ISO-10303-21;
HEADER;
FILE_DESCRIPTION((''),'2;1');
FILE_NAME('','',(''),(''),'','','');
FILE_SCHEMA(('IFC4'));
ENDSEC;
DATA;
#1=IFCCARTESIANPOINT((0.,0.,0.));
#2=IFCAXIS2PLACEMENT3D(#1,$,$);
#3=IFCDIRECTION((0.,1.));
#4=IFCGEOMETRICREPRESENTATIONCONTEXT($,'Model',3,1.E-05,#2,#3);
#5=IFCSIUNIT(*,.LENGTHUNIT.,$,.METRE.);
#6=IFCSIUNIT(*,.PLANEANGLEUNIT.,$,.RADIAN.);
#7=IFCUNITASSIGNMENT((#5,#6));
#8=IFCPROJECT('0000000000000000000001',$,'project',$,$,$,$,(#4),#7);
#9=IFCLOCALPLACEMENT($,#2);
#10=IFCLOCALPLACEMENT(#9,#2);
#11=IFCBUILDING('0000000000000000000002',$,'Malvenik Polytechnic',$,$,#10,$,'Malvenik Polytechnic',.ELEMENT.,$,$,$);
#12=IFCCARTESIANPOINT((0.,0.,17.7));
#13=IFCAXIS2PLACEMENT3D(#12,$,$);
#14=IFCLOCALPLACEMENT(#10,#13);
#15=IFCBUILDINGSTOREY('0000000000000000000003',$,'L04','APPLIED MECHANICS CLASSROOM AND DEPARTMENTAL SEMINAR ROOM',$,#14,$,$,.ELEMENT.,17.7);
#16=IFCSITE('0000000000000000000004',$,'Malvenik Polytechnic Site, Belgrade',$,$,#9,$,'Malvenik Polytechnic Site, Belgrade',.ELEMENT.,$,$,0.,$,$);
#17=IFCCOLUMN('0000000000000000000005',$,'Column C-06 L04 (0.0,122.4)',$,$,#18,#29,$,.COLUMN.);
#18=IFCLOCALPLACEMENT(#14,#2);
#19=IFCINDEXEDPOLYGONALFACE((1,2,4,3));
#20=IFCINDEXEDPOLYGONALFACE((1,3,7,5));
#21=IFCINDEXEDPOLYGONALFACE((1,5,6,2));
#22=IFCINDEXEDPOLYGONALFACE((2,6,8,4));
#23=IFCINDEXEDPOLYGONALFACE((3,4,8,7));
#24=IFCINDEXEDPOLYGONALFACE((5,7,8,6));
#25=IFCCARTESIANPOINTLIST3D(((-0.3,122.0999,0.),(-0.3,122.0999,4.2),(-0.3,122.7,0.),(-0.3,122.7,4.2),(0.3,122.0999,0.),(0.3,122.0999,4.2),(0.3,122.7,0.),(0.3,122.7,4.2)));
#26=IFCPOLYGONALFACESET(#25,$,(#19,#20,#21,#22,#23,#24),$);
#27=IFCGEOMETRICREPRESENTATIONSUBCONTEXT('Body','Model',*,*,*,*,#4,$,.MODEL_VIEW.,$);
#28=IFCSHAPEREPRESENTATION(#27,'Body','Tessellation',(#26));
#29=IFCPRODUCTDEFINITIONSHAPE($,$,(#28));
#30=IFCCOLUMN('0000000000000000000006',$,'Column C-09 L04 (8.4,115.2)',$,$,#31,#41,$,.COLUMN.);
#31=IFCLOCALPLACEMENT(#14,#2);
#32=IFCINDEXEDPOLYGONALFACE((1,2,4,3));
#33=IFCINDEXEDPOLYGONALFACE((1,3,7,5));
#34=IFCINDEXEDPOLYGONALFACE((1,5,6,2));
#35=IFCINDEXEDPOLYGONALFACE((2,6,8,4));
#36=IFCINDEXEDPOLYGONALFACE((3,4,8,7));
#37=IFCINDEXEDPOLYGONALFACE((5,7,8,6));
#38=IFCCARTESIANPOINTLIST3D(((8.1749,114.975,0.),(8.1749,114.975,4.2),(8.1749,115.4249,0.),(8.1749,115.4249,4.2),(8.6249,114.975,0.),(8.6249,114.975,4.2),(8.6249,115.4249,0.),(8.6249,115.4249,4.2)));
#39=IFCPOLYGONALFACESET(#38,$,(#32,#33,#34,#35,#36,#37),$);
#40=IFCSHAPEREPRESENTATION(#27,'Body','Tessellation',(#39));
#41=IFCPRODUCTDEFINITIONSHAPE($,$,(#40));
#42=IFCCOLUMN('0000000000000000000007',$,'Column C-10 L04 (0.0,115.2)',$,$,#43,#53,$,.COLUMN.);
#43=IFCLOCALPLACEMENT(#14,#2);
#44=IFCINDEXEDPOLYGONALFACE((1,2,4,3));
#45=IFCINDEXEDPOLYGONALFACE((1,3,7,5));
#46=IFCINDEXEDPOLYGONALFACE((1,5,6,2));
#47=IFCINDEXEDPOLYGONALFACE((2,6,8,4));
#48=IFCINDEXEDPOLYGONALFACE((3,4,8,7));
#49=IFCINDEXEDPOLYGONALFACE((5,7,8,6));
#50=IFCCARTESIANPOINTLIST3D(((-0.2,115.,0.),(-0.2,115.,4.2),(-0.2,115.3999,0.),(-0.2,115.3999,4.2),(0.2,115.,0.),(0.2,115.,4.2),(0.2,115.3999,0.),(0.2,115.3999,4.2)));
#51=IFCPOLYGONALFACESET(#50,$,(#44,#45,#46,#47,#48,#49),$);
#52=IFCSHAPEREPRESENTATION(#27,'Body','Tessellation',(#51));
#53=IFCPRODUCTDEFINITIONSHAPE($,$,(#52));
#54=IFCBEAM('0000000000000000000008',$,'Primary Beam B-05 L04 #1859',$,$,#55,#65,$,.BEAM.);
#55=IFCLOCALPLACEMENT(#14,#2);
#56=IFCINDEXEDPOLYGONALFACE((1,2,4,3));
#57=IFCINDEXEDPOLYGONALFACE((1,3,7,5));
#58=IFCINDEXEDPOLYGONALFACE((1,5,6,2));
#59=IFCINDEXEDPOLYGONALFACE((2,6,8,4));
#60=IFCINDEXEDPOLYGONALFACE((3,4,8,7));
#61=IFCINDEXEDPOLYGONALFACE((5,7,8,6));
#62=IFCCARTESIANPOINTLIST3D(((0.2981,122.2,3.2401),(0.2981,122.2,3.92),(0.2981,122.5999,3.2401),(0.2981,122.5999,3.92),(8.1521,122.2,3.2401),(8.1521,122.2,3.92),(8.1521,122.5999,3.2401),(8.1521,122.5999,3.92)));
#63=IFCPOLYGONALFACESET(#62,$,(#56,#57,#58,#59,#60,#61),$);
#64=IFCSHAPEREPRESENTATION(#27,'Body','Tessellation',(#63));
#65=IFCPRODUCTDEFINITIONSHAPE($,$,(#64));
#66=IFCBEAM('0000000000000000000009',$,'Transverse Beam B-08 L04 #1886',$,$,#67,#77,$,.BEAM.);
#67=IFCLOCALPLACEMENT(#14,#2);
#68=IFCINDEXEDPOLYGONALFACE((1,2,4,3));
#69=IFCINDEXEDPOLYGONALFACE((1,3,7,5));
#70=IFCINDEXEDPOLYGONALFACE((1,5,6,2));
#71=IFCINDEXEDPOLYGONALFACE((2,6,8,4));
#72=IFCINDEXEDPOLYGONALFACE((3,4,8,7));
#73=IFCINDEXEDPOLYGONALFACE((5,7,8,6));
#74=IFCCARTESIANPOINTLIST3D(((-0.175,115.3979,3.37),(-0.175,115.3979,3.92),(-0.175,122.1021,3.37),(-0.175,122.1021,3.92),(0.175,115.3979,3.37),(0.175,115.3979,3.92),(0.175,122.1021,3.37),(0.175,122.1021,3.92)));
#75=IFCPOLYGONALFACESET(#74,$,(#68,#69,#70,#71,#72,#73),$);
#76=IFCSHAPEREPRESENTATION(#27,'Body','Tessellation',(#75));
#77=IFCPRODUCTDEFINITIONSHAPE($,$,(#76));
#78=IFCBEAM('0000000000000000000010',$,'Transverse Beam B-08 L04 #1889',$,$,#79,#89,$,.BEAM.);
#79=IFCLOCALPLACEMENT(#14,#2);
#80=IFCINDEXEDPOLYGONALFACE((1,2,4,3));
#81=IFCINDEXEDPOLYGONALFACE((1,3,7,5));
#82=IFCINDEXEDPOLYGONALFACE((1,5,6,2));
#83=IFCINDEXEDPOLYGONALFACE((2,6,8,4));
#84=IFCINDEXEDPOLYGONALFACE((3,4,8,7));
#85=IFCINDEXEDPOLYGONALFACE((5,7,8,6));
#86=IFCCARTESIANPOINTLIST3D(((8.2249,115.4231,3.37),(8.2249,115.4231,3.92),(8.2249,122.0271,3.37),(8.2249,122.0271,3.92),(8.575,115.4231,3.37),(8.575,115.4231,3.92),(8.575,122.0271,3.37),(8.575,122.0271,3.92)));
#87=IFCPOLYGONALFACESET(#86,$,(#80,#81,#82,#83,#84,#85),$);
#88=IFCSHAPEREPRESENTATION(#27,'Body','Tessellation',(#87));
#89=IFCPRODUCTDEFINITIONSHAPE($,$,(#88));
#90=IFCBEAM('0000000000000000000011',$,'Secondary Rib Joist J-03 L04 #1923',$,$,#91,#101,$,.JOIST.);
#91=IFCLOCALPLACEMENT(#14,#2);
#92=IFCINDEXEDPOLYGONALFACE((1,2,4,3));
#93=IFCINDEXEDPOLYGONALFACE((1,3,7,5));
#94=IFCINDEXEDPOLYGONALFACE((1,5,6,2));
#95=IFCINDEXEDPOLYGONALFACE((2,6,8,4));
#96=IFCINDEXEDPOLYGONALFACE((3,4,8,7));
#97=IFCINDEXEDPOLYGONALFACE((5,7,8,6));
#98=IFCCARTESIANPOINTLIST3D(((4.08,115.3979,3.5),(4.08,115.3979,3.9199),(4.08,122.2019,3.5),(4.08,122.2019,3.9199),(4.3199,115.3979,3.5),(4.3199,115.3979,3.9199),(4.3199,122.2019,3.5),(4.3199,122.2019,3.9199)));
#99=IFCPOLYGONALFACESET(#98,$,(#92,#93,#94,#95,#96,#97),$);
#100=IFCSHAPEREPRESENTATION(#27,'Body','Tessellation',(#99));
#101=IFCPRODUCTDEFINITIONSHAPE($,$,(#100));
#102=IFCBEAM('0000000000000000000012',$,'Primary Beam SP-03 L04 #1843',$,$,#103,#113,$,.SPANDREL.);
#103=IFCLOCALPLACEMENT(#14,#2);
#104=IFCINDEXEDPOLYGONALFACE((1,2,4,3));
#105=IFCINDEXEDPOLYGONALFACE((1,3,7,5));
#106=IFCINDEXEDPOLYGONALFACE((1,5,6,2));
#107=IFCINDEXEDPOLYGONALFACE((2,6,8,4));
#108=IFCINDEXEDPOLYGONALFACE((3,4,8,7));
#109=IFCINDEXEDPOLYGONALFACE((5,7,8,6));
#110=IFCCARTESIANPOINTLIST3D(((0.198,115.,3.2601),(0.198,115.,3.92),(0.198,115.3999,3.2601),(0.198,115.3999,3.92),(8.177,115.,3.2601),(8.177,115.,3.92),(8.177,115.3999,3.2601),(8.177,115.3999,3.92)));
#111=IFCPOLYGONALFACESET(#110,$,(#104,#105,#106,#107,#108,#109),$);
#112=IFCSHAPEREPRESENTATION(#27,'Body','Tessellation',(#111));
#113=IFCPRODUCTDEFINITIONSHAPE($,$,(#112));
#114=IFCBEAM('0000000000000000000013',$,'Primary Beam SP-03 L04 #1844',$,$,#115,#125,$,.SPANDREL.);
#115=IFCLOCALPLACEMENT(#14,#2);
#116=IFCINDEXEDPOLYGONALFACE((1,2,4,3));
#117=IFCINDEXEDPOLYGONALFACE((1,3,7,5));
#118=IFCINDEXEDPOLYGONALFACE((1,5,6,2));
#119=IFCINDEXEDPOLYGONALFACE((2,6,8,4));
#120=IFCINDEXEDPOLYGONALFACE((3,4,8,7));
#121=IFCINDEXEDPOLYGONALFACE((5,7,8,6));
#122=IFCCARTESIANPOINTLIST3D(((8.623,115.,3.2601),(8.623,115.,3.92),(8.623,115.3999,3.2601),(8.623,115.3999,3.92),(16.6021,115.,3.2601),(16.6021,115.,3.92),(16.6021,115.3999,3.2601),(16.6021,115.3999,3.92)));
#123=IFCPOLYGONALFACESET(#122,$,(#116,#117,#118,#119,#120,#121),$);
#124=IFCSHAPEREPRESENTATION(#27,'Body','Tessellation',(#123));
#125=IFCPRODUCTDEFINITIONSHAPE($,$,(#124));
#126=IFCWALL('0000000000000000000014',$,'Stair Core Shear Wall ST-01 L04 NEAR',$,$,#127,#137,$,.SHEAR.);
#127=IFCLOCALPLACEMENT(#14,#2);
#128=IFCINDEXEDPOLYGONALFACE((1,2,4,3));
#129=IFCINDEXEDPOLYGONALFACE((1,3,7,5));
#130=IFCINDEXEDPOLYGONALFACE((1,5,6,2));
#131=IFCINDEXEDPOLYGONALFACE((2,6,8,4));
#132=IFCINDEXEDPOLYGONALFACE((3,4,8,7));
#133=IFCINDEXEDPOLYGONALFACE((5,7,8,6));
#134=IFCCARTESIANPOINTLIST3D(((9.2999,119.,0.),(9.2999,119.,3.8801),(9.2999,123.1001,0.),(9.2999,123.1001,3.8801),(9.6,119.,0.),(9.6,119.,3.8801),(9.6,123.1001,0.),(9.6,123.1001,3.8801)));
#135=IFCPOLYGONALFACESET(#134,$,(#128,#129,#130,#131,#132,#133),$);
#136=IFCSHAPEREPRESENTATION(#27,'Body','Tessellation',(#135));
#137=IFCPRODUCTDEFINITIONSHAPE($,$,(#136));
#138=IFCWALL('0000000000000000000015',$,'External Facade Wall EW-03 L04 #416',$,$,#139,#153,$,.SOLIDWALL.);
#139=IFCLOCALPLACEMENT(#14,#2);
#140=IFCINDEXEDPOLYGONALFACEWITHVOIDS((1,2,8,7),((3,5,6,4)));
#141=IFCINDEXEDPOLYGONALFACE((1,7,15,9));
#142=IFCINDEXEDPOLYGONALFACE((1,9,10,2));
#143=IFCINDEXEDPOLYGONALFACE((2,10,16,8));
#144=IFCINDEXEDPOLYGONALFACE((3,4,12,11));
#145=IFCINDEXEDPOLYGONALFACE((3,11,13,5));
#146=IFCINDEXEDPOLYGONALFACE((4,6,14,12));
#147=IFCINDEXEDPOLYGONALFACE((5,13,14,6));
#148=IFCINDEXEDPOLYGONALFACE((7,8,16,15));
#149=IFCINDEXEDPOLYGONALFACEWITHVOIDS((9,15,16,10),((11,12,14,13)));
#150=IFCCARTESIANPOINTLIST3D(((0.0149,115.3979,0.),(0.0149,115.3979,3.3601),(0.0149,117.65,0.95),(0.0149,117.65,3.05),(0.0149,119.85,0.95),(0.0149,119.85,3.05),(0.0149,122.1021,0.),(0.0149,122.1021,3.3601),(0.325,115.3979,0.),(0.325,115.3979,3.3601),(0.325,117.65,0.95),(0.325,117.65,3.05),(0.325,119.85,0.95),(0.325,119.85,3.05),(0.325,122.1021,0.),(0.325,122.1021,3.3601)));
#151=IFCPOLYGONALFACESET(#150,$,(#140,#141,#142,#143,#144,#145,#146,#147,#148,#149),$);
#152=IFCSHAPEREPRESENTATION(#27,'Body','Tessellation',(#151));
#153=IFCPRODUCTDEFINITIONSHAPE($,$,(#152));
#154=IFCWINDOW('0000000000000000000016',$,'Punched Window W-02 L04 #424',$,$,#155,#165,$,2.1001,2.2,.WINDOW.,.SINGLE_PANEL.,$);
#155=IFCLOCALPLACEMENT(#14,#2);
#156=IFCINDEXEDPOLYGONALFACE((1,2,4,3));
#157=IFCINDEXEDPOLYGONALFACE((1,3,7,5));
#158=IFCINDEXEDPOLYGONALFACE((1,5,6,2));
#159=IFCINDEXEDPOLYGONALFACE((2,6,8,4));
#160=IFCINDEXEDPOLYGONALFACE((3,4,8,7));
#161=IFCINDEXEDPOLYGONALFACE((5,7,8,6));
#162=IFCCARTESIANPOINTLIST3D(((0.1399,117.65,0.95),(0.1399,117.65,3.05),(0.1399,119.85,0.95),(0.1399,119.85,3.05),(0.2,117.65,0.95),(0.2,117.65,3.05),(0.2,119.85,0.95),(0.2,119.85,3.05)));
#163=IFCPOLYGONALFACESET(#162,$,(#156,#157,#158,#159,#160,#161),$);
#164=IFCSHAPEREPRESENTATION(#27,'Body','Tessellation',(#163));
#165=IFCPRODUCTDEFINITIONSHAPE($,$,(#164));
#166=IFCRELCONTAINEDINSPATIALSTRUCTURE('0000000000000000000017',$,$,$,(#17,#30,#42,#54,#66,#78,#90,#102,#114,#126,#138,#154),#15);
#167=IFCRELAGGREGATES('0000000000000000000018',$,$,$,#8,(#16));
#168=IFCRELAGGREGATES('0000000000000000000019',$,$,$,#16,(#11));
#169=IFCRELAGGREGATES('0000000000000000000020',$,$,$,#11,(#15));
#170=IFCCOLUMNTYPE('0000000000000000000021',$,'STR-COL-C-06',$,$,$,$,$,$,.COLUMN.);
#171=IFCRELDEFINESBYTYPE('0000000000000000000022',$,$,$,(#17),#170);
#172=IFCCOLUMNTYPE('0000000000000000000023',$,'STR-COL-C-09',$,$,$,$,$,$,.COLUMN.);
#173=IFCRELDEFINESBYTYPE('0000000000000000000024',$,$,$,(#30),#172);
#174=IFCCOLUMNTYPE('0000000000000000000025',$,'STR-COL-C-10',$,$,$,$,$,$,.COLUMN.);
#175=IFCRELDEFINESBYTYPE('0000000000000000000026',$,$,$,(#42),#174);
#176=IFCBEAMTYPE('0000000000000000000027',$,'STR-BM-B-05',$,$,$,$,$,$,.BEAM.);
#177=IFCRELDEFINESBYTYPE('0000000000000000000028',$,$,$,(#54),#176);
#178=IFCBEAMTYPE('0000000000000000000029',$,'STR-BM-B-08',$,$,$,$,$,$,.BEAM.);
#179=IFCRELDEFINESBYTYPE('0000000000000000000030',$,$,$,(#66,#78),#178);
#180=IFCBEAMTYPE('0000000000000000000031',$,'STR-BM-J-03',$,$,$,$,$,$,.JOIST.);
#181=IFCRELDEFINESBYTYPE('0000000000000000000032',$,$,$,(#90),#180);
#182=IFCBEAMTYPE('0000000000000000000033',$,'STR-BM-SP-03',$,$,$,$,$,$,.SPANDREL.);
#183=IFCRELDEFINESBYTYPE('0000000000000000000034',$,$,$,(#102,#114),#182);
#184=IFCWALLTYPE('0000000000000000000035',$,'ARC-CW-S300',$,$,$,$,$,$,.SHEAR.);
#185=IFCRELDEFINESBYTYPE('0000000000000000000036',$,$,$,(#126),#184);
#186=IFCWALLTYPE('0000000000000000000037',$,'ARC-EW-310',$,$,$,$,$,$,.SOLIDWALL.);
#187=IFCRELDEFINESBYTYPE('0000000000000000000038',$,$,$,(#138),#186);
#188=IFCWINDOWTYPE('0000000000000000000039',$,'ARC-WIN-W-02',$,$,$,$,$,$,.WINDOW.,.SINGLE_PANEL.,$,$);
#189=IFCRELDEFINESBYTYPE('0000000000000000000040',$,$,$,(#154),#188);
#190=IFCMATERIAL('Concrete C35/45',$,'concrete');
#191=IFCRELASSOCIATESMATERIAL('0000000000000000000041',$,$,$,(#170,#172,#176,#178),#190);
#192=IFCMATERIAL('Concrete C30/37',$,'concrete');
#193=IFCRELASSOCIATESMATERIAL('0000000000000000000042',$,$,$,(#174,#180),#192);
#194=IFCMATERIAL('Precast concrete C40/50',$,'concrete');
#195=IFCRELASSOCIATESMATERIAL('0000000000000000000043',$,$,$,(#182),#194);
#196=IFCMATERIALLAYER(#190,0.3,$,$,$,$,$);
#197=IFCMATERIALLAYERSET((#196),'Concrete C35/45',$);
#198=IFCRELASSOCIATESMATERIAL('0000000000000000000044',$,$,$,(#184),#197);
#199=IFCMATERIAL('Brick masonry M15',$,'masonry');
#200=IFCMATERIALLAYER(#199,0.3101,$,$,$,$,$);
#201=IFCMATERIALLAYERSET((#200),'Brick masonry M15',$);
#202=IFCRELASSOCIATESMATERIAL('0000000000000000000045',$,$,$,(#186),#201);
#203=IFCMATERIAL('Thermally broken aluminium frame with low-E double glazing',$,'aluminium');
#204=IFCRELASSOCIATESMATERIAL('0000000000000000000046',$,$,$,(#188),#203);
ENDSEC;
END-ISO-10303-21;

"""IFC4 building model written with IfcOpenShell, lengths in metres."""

from ifc_helpers import new_model, si_unit, direction, frame, frame_2d, origin, origin_2d, place, context, subcontext, project, spatial, rectangle, extrude, material, layer, layer_set, material_profile, profile_set, type_object, element, fill, save


model = new_model("IFC4")

# Units and contexts
model_context = context("Model", 3, precision=1e-05, world=origin(), true_north=direction((0.0, 1.0)))
body_context = subcontext(model_context, "Body", "Model", "MODEL_VIEW")
ifc_project = project(units=[si_unit("LENGTHUNIT", "METRE"), si_unit("PLANEANGLEUNIT", "RADIAN")], contexts=[model_context])

# Site, building, storey
site_placement = place(None, origin())
site = spatial("IfcSite", under=ifc_project, at=site_placement, Name="Malvenik Polytechnic Site, Belgrade", LongName="Malvenik Polytechnic Site, Belgrade", CompositionType="ELEMENT", RefElevation=0.0)
building_placement = place(site_placement, origin())
building = spatial("IfcBuilding", under=site, at=building_placement, Name="Malvenik Polytechnic", LongName="Malvenik Polytechnic", CompositionType="ELEMENT")
storey_placement = place(building_placement, frame((0.0, 0.0, 17.7)))
storey = spatial("IfcBuildingStorey", under=building, at=storey_placement, Name="L04", Description="APPLIED MECHANICS CLASSROOM AND DEPARTMENTAL SEMINAR ROOM", CompositionType="ELEMENT", Elevation=17.7)

# Columns
ifc_material_1 = material(Name="Concrete C35/45", Category="concrete")
ifc_material_profile_1 = material_profile(ifc_material_1, rectangle(XDim=0.6001, YDim=0.6001, at=origin_2d()), Name="RC COL 600x600")
ifc_profile_set_1 = profile_set([ifc_material_profile_1], Name="Concrete C35/45")
column_type_1 = type_object("IfcColumnType", Name="STR-COL-C-06", PredefinedType="COLUMN", material=ifc_profile_set_1)
column_1_placement = place(storey_placement, frame((0.0, 122.3999, 0.0), z_axis=(0.0, 0.0, 1.0), x_axis=(1.0, 0.0, 0.0)))
element("IfcColumn", 1, at=column_1_placement, inside=storey, type_object=column_type_1, Name="Column C-06 L04 (0.0,122.4)", PredefinedType="COLUMN", context=body_context, shape_type="SweptSolid", body=[
    extrude(rectangle(XDim=0.6001, YDim=0.6001, at=origin_2d()), origin(), (0.0, 0.0, 1.0), 4.2),
])
ifc_material_profile_2 = material_profile(ifc_material_1, rectangle(XDim=0.45, YDim=0.45, at=origin_2d()), Name="RC COL 450x450")
ifc_profile_set_2 = profile_set([ifc_material_profile_2], Name="Concrete C35/45")
column_type_2 = type_object("IfcColumnType", Name="STR-COL-C-09", PredefinedType="COLUMN", material=ifc_profile_set_2)
column_2_placement = place(storey_placement, frame((8.3999, 115.2, 0.0), z_axis=(0.0, 0.0, 1.0), x_axis=(1.0, 0.0, 0.0)))
element("IfcColumn", 2, at=column_2_placement, inside=storey, type_object=column_type_2, Name="Column C-09 L04 (8.4,115.2)", PredefinedType="COLUMN", context=body_context, shape_type="SweptSolid", body=[
    extrude(rectangle(XDim=0.45, YDim=0.45, at=origin_2d()), origin(), (0.0, 0.0, 1.0), 4.2),
])
ifc_material_2 = material(Name="Concrete C30/37", Category="concrete")
ifc_material_profile_3 = material_profile(ifc_material_2, rectangle(XDim=0.3999, YDim=0.3999, at=origin_2d()), Name="RC COL 400x400")
ifc_profile_set_3 = profile_set([ifc_material_profile_3], Name="Concrete C30/37")
column_type_3 = type_object("IfcColumnType", Name="STR-COL-C-10", PredefinedType="COLUMN", material=ifc_profile_set_3)
column_3_placement = place(storey_placement, frame((0.0, 115.2, 0.0), z_axis=(0.0, 0.0, 1.0), x_axis=(1.0, 0.0, 0.0)))
element("IfcColumn", 3, at=column_3_placement, inside=storey, type_object=column_type_3, Name="Column C-10 L04 (0.0,115.2)", PredefinedType="COLUMN", context=body_context, shape_type="SweptSolid", body=[
    extrude(rectangle(XDim=0.3999, YDim=0.3999, at=origin_2d()), origin(), (0.0, 0.0, 1.0), 4.2),
])

# Beams
ifc_material_profile_4 = material_profile(ifc_material_1, rectangle(XDim=0.3999, YDim=0.6799, at=origin_2d()), Name="RC BM 400x680")
ifc_profile_set_4 = profile_set([ifc_material_profile_4], Name="Concrete C35/45")
beam_type_1 = type_object("IfcBeamType", Name="STR-BM-B-05", PredefinedType="BEAM", material=ifc_profile_set_4)
beam_1_placement = place(storey_placement, frame((0.2981, 122.3999, 3.5801), z_axis=(1.0, 0.0, 0.0), x_axis=(0.0, 1.0, 0.0)))
element("IfcBeam", 4, at=beam_1_placement, inside=storey, type_object=beam_type_1, Name="Primary Beam B-05 L04 #1859", PredefinedType="BEAM", context=body_context, shape_type="SweptSolid", body=[
    extrude(rectangle(XDim=0.3999, YDim=0.6799, at=origin_2d()), origin(), (0.0, 0.0, 1.0), 7.854),
])
ifc_material_profile_5 = material_profile(ifc_material_1, rectangle(XDim=0.3501, YDim=0.55, at=origin_2d()), Name="RC BM 350x550")
ifc_profile_set_5 = profile_set([ifc_material_profile_5], Name="Concrete C35/45")
beam_type_2 = type_object("IfcBeamType", Name="STR-BM-B-08", PredefinedType="BEAM", material=ifc_profile_set_5)
beam_2_placement = place(storey_placement, frame((0.0, 115.3979, 3.645), z_axis=(0.0, 1.0, 0.0), x_axis=(-1.0, 0.0, 0.0)))
element("IfcBeam", 5, at=beam_2_placement, inside=storey, type_object=beam_type_2, Name="Transverse Beam B-08 L04 #1886", PredefinedType="BEAM", context=body_context, shape_type="SweptSolid", body=[
    extrude(rectangle(XDim=0.3501, YDim=0.55, at=origin_2d()), origin(), (0.0, 0.0, 1.0), 6.7041),
])
beam_3_placement = place(storey_placement, frame((8.3999, 115.4231, 3.645), z_axis=(0.0, 1.0, 0.0), x_axis=(-1.0, 0.0, 0.0)))
element("IfcBeam", 6, at=beam_3_placement, inside=storey, type_object=beam_type_2, Name="Transverse Beam B-08 L04 #1889", PredefinedType="BEAM", context=body_context, shape_type="SweptSolid", body=[
    extrude(rectangle(XDim=0.3501, YDim=0.55, at=origin_2d()), origin(), (0.0, 0.0, 1.0), 6.604),
])
ifc_material_profile_6 = material_profile(ifc_material_2, rectangle(XDim=0.24, YDim=0.4199, at=origin_2d()), Name="RC JST 240x420")
ifc_profile_set_6 = profile_set([ifc_material_profile_6], Name="Concrete C30/37")
beam_type_3 = type_object("IfcBeamType", Name="STR-BM-J-03", PredefinedType="JOIST", material=ifc_profile_set_6)
beam_4_placement = place(storey_placement, frame((4.2, 115.3979, 3.71), z_axis=(0.0, 1.0, 0.0), x_axis=(-1.0, 0.0, 0.0)))
element("IfcBeam", 7, at=beam_4_placement, inside=storey, type_object=beam_type_3, Name="Secondary Rib Joist J-03 L04 #1923", PredefinedType="JOIST", context=body_context, shape_type="SweptSolid", body=[
    extrude(rectangle(XDim=0.24, YDim=0.4199, at=origin_2d()), origin(), (0.0, 0.0, 1.0), 6.804),
])
ifc_material_3 = material(Name="Precast concrete C40/50", Category="concrete")
ifc_material_profile_7 = material_profile(ifc_material_3, rectangle(XDim=0.3999, YDim=0.6599, at=origin_2d()), Name="PC SPN 400x660")
ifc_profile_set_7 = profile_set([ifc_material_profile_7], Name="Precast concrete C40/50")
beam_type_4 = type_object("IfcBeamType", Name="STR-BM-SP-03", PredefinedType="SPANDREL", material=ifc_profile_set_7)
for number, where, z_axis, x_axis, name in (
    (8, (0.198, 115.2, 3.5901), (1.0, 0.0, 0.0), (0.0, 1.0, 0.0), "Primary Beam SP-03 L04 #1843"),
    (9, (8.623, 115.2, 3.5901), (1.0, 0.0, 0.0), (0.0, 1.0, 0.0), "Primary Beam SP-03 L04 #1844"),
):
    element("IfcBeam", number, at=place(storey_placement, frame(where, z_axis=z_axis, x_axis=x_axis)), inside=storey, type_object=beam_type_4, Name=name, PredefinedType="SPANDREL", context=body_context, shape_type="SweptSolid", body=[
        extrude(rectangle(XDim=0.3999, YDim=0.6599, at=origin_2d()), origin(), (0.0, 0.0, 1.0), 7.979),
    ])

# Wall
ifc_layer_1 = layer(ifc_material_1, 0.3)
ifc_layer_set_1 = layer_set([ifc_layer_1], Name="Concrete C35/45")
wall_type_1 = type_object("IfcWallType", Name="ARC-CW-S300", PredefinedType="SHEAR", material=ifc_layer_set_1)
wall_1_placement = place(storey_placement, frame((9.45, 119.0, 0.0), z_axis=(0.0, 0.0, 1.0), x_axis=(0.0, 1.0, 0.0)))
element("IfcWall", 10, at=wall_1_placement, inside=storey, type_object=wall_type_1, Name="Stair Core Shear Wall ST-01 L04 NEAR", PredefinedType="SHEAR", context=body_context, shape_type="SweptSolid", body=[
    extrude(rectangle(XDim=4.1001, YDim=0.3, at=frame_2d((2.05, 0.0))), origin(), (0.0, 0.0, 1.0), 3.8801),
])

# Wall, opening, window
ifc_material_4 = material(Name="Brick masonry M15", Category="masonry")
ifc_layer_2 = layer(ifc_material_4, 0.3101)
ifc_layer_set_2 = layer_set([ifc_layer_2], Name="Brick masonry M15")
wall_type_2 = type_object("IfcWallType", Name="ARC-EW-310", PredefinedType="SOLIDWALL", material=ifc_layer_set_2)
wall_2_placement = place(storey_placement, frame((0.1699, 115.3979, 0.0), z_axis=(0.0, 0.0, 1.0), x_axis=(0.0, 1.0, 0.0)))
wall_2 = element("IfcWall", 11, at=wall_2_placement, inside=storey, type_object=wall_type_2, Name="External Facade Wall EW-03 L04 #416", PredefinedType="SOLIDWALL", context=body_context, shape_type="SweptSolid", body=[
    extrude(rectangle(XDim=6.7041, YDim=0.3101, at=frame_2d((3.3521, 0.0))), origin(), (0.0, 0.0, 1.0), 3.3601),
])
opening_1_placement = place(wall_2_placement, frame((2.252, 0.0, 0.95)))
opening_1 = element("IfcOpeningElement", 12, at=opening_1_placement, cuts=wall_2, PredefinedType="OPENING", context=body_context, shape_type="SweptSolid", body=[
    extrude(rectangle(XDim=2.2, YDim=2.1001, at=frame_2d((1.1001, 1.05))), frame((0.0, 0.165, 0.0), z_axis=(0.0, -1.0, 0.0), x_axis=(1.0, 0.0, 0.0)), (0.0, 0.0, 1.0), 0.3301),
])
ifc_material_5 = material(Name="Thermally broken aluminium frame with low-E double glazing", Category="aluminium")
window_type_1 = type_object("IfcWindowType", Name="ARC-WIN-W-02", PartitioningType="SINGLE_PANEL", PredefinedType="WINDOW", material=ifc_material_5)
window_1_placement = place(opening_1_placement, origin())
window_1 = element("IfcWindow", 13, at=window_1_placement, inside=storey, type_object=window_type_1, Name="Punched Window W-02 L04 #424", OverallHeight=2.1001, OverallWidth=2.2, PartitioningType="SINGLE_PANEL", PredefinedType="WINDOW", context=body_context, shape_type="SweptSolid", body=[
    extrude(rectangle(XDim=2.2, YDim=2.1001, at=frame_2d((1.1001, 1.05))), frame((0.0, 0.03, 0.0), z_axis=(0.0, -1.0, 0.0), x_axis=(1.0, 0.0, 0.0)), (0.0, 0.0, 1.0), 0.0601),
])
fill(opening_1, window_1)

save(model, "model.ifc")
